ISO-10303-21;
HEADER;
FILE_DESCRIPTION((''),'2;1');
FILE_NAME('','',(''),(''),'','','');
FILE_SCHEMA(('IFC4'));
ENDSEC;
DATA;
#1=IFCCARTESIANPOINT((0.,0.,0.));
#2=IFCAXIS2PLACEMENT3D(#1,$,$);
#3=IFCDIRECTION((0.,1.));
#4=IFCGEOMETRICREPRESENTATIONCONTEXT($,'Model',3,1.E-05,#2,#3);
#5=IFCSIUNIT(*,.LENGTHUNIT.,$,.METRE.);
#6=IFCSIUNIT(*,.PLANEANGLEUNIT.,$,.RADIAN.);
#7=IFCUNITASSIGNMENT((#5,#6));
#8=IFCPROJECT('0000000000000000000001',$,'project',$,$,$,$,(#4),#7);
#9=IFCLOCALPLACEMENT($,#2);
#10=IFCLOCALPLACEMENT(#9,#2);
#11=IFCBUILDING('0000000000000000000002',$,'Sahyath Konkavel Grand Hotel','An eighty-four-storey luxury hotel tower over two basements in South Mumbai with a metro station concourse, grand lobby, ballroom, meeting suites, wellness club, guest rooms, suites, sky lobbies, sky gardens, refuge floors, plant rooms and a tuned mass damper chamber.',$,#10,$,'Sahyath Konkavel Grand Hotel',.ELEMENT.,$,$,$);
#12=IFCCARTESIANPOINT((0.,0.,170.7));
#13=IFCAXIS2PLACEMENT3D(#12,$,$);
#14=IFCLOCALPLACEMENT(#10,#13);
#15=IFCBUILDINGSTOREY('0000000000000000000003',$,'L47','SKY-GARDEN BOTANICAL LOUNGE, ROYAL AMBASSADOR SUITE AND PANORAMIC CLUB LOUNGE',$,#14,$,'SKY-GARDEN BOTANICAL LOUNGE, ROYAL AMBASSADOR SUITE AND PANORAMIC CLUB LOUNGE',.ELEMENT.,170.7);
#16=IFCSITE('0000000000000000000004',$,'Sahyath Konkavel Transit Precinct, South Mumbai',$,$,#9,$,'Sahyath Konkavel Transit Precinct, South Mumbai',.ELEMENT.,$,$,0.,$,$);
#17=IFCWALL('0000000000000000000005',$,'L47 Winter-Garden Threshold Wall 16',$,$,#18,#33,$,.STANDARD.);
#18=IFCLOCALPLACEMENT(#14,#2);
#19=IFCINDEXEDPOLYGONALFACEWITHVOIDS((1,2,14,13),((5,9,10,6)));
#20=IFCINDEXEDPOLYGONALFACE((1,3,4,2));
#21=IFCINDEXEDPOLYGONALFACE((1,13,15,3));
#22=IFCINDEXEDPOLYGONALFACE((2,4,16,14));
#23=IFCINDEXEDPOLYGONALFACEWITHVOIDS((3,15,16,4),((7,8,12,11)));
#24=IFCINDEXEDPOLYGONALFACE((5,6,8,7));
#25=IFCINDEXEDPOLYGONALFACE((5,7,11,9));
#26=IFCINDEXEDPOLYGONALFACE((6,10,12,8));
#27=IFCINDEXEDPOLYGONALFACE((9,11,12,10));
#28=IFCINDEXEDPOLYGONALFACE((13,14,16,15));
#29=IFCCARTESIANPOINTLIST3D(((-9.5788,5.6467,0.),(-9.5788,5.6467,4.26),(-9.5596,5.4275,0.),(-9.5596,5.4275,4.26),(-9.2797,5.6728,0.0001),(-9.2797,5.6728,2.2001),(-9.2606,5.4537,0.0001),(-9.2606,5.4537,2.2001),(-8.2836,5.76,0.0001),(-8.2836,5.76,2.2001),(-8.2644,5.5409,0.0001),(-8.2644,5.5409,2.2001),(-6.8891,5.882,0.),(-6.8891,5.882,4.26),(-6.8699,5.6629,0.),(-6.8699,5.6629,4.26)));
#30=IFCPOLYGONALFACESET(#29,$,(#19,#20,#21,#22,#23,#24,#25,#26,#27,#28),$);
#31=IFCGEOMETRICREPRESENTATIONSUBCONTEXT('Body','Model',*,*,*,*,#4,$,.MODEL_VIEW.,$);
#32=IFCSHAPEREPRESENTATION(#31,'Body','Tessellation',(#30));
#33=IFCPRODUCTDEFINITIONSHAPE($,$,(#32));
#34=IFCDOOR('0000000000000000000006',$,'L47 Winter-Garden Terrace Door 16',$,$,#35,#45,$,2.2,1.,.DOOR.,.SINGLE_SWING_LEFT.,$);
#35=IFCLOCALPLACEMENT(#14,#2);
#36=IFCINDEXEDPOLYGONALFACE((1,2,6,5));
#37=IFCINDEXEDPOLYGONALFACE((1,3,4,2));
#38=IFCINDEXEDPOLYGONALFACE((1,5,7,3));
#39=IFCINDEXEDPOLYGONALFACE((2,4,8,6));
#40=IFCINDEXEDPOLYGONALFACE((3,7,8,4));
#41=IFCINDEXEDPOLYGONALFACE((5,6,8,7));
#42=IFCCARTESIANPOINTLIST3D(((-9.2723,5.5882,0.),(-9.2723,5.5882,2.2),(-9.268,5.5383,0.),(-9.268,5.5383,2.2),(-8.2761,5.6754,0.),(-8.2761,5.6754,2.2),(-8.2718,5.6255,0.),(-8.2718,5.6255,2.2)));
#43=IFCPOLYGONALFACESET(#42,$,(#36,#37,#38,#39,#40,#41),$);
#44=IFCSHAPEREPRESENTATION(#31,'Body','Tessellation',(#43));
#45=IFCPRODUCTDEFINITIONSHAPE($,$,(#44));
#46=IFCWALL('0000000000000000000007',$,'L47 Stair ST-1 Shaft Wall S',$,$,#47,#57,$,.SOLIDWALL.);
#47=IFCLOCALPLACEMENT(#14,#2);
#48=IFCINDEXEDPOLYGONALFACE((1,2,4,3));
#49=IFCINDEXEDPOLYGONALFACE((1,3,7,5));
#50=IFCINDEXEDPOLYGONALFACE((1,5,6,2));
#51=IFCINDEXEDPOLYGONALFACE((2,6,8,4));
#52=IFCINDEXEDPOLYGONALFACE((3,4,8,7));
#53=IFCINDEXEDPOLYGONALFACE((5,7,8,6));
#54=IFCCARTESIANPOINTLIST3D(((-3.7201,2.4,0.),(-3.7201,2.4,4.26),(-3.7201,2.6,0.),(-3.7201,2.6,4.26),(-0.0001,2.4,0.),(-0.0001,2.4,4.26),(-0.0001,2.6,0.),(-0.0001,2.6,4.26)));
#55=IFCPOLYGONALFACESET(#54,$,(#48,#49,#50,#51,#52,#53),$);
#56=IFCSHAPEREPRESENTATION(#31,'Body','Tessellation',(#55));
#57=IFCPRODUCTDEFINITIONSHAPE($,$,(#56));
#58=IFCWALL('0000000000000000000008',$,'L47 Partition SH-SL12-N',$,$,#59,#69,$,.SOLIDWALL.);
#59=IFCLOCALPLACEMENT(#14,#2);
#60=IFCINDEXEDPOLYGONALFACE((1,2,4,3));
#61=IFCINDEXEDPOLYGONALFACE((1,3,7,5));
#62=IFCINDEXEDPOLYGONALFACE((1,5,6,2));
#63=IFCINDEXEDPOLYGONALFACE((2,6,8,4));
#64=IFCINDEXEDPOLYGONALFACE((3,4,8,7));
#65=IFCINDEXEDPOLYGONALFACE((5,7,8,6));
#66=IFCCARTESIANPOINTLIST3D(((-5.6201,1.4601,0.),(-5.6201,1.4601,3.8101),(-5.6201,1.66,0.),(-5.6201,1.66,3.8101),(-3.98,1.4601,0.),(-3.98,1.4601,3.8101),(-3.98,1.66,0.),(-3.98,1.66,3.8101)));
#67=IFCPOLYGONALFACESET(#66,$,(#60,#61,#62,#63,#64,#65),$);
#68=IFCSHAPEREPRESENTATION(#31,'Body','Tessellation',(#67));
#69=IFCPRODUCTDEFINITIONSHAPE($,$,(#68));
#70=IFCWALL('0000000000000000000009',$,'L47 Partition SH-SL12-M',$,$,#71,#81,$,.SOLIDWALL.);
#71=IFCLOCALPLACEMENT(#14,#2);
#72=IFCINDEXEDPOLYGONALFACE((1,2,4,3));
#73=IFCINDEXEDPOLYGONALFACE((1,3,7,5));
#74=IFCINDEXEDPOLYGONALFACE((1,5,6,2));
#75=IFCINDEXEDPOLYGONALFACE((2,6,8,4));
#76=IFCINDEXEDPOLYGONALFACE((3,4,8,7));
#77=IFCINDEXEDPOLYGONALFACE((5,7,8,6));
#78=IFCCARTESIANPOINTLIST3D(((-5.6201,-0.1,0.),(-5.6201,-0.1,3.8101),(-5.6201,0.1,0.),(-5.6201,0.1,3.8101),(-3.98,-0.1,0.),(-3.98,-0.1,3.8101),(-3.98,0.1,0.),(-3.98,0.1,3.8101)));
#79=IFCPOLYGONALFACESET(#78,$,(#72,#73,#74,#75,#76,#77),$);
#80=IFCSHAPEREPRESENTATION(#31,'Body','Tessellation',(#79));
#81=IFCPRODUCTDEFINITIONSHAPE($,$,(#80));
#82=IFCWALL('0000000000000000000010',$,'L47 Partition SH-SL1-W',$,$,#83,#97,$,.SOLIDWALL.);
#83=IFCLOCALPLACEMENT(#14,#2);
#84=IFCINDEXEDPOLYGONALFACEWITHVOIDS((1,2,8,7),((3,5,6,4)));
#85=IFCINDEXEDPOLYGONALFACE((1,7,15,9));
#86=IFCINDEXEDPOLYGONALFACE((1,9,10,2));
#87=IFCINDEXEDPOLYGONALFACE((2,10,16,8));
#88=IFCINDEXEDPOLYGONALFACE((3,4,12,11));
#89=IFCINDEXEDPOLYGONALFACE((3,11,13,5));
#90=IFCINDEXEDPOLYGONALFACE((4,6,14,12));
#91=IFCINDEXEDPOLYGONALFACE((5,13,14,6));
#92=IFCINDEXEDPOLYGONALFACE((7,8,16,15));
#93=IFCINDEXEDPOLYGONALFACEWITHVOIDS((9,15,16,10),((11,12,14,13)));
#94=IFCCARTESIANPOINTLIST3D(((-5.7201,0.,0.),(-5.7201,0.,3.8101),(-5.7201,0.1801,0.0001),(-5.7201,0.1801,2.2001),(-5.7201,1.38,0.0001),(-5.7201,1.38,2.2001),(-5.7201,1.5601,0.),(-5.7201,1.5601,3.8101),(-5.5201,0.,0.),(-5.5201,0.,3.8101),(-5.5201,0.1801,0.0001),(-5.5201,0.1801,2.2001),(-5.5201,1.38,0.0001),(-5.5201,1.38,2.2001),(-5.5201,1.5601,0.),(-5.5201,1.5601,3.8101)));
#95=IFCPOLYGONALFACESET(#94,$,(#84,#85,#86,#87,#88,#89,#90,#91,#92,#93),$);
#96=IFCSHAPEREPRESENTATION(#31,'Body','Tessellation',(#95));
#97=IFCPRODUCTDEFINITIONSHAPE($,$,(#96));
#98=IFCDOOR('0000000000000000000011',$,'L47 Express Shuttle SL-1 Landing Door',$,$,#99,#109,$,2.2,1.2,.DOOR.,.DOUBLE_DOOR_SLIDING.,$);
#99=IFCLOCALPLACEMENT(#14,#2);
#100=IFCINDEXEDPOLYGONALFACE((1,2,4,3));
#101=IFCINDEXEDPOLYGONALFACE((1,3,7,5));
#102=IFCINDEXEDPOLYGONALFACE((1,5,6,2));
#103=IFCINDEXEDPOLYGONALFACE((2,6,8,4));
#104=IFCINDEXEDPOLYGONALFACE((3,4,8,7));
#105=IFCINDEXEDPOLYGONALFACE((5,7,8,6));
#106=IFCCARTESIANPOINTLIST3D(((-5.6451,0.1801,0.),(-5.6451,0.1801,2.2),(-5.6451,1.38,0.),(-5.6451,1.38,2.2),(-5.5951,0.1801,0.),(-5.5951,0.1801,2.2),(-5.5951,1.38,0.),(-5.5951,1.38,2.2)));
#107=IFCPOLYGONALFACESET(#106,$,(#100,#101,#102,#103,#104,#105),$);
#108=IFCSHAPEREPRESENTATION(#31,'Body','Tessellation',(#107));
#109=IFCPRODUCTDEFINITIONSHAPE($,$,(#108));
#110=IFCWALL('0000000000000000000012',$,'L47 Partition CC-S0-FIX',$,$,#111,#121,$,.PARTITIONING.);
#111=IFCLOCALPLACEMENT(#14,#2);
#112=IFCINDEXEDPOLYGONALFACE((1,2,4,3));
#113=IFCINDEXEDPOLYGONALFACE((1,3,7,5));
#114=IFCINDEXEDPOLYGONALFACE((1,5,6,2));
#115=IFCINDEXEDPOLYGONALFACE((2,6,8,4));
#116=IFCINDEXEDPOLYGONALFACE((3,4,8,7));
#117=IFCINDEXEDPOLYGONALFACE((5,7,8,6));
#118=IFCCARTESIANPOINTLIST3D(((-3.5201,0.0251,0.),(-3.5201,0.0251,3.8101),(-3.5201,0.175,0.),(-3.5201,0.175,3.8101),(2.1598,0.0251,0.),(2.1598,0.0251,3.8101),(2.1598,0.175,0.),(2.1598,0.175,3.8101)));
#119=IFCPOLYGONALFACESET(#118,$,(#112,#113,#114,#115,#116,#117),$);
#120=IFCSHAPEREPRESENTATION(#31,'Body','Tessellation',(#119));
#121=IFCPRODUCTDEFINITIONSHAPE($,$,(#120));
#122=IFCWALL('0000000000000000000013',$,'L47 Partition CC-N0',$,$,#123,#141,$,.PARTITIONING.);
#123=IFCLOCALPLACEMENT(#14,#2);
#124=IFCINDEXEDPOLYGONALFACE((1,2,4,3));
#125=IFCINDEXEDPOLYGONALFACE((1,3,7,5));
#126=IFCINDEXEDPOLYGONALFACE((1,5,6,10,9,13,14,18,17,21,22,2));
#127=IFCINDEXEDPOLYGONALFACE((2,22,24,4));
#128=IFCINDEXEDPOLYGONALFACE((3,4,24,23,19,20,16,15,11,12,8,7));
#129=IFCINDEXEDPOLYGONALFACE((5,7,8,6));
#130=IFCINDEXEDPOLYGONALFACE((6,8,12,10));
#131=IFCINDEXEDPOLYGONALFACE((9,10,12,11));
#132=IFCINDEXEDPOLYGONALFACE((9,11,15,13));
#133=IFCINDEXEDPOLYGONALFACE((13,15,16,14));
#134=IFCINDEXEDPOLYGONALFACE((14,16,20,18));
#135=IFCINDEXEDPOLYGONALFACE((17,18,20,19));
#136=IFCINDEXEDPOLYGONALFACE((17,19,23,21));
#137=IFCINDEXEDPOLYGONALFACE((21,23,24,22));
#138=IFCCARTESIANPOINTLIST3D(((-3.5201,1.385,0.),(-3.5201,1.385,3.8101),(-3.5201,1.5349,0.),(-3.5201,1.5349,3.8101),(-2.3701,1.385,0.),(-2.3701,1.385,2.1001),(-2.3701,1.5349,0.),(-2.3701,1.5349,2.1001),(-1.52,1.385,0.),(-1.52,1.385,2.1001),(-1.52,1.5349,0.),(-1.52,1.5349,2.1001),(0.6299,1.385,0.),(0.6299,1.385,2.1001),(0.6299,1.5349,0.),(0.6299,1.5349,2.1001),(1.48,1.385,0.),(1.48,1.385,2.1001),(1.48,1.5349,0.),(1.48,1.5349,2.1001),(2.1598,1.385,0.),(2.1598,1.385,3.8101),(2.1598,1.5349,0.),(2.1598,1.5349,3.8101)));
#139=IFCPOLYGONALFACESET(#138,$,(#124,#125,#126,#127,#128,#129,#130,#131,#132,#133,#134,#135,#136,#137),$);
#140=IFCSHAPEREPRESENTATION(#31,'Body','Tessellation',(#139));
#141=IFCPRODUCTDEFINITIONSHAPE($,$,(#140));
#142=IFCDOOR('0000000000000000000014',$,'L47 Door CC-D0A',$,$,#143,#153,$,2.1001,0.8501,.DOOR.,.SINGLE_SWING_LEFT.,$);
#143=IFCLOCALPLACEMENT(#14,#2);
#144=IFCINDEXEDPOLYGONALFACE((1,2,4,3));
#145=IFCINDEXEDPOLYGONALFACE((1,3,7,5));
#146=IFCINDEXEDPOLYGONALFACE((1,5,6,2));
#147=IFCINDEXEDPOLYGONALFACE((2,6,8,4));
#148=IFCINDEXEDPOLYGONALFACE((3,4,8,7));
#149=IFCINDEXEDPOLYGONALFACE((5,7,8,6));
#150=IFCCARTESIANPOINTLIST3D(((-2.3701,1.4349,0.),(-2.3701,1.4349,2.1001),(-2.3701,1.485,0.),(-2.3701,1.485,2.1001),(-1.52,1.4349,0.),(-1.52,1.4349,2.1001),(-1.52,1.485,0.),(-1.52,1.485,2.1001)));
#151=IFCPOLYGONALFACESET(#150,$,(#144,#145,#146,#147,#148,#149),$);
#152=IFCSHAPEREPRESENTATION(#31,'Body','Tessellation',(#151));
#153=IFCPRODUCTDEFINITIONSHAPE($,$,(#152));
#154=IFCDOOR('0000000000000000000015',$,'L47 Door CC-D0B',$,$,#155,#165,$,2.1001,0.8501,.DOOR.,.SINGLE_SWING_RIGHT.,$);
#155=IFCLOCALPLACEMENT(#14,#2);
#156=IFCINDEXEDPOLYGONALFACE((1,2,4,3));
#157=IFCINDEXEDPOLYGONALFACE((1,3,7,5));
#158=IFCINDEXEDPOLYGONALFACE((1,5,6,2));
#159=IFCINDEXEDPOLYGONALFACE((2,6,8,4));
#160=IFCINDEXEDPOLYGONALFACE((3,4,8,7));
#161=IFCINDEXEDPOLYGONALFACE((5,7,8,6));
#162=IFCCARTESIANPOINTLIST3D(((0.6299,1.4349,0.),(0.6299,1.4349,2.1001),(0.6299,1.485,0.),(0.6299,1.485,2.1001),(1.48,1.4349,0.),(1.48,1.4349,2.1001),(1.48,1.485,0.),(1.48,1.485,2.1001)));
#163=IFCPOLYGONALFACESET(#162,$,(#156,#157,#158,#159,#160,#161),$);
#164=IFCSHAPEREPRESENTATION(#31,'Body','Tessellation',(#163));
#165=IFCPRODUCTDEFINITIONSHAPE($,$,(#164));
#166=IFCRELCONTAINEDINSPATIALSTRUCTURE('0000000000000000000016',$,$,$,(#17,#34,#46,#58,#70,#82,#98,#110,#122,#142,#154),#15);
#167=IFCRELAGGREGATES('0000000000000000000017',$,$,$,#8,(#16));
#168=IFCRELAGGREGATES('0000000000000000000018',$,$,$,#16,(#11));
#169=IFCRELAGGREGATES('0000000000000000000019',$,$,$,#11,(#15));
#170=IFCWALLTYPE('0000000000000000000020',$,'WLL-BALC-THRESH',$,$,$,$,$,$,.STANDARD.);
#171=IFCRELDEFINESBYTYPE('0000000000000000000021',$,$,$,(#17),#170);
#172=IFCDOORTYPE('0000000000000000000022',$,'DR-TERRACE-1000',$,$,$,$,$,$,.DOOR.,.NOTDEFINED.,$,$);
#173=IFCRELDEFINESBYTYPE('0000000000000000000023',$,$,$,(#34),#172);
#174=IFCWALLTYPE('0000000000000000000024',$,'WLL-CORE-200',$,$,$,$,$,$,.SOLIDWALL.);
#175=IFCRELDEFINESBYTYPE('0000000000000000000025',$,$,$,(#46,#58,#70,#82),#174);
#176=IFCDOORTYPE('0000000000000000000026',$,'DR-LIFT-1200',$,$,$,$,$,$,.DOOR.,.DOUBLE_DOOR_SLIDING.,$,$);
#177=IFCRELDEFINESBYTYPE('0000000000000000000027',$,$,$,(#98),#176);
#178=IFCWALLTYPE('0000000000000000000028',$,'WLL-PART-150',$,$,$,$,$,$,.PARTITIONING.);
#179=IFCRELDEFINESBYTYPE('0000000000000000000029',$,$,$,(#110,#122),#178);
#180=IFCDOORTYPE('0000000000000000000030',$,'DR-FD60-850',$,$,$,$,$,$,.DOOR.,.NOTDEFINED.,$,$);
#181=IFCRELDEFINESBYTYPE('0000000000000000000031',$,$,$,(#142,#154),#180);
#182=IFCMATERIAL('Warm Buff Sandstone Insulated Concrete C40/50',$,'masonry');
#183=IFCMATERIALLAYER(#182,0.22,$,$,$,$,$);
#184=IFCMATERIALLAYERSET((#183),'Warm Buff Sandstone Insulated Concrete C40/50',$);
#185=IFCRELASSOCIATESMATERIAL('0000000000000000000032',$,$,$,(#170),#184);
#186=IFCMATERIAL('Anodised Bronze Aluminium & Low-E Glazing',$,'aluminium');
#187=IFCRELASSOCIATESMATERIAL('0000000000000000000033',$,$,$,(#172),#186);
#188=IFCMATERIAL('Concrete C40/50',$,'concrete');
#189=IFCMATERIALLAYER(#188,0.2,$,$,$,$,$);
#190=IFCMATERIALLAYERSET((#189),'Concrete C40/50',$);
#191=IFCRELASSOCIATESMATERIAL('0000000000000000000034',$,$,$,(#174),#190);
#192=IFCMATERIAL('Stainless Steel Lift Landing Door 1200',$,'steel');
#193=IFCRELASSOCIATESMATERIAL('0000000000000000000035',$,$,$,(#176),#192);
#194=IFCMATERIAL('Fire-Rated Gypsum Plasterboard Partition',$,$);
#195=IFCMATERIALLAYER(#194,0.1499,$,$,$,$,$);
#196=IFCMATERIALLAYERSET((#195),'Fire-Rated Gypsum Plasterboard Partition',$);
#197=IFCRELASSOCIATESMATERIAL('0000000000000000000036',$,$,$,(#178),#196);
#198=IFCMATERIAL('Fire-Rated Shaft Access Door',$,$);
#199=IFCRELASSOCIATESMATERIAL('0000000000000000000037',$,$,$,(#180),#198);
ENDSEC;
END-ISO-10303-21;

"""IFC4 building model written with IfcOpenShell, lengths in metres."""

from ifc_helpers import new_model, si_unit, direction, frame, frame_2d, origin, origin_2d, place, context, subcontext, project, spatial, rectangle, extrude, source, transform, mapped, material, layer, layer_set, type_object, element, fill, save


model = new_model("IFC4")

# Units and contexts
model_context = context("Model", 3, precision=1e-05, world=origin(), true_north=direction((0.0, 1.0)))
body_context = subcontext(model_context, "Body", "Model", "MODEL_VIEW")
ifc_project = project(units=[si_unit("LENGTHUNIT", "METRE"), si_unit("PLANEANGLEUNIT", "RADIAN")], contexts=[model_context])

# Site, building, storey
site_placement = place(None, origin())
site = spatial("IfcSite", under=ifc_project, at=site_placement, Name="Sahyath Konkavel Transit Precinct, South Mumbai", LongName="Sahyath Konkavel Transit Precinct, South Mumbai", CompositionType="ELEMENT", RefElevation=0.0)
building_placement = place(site_placement, origin())
building = spatial("IfcBuilding", under=site, at=building_placement, Name="Sahyath Konkavel Grand Hotel", Description="An eighty-four-storey luxury hotel tower over two basements in South Mumbai with a metro station concourse, grand lobby, ballroom, meeting suites, wellness club, guest rooms, suites, sky lobbies, sky gardens, refuge floors, plant rooms and a tuned mass damper chamber.", LongName="Sahyath Konkavel Grand Hotel", CompositionType="ELEMENT")
storey_placement = place(building_placement, frame((0.0, 0.0, 170.7)))
storey = spatial("IfcBuildingStorey", under=building, at=storey_placement, Name="L47", Description="SKY-GARDEN BOTANICAL LOUNGE, ROYAL AMBASSADOR SUITE AND PANORAMIC CLUB LOUNGE", LongName="SKY-GARDEN BOTANICAL LOUNGE, ROYAL AMBASSADOR SUITE AND PANORAMIC CLUB LOUNGE", CompositionType="ELEMENT", Elevation=170.7)

# Shared definitions
ifc_material_1 = material(Name="Concrete C40/50", Category="concrete")

# Wall, opening, door
ifc_material_2 = material(Name="Warm Buff Sandstone Insulated Concrete C40/50", Category="masonry")
ifc_layer_1 = layer(ifc_material_2, 0.22)
ifc_layer_set_1 = layer_set([ifc_layer_1], Name="Warm Buff Sandstone Insulated Concrete C40/50")
wall_type_1 = type_object("IfcWallType", Name="WLL-BALC-THRESH", PredefinedType="STANDARD", material=ifc_layer_set_1)
wall_1_placement = place(storey_placement, frame((-6.8794, 5.7725, 0.0), z_axis=(0.0, 0.0, 1.0), x_axis=(-0.996194, -0.087168, 0.0)))
wall_1 = element("IfcWall", 1, at=wall_1_placement, inside=storey, type_object=wall_type_1, Name="L47 Winter-Garden Threshold Wall 16", PredefinedType="STANDARD", context=body_context, shape_type="SweptSolid", body=[
    extrude(rectangle(XDim=2.7, YDim=0.22, at=frame_2d((1.3501, 0.0))), origin(), (0.0, 0.0, 1.0), 4.26),
])
opening_1_placement = place(wall_1_placement, frame((1.3999, 0.0, 0.0)))
opening_1 = element("IfcOpeningElement", 2, at=opening_1_placement, cuts=wall_1, PredefinedType="OPENING", context=body_context, shape_type="SweptSolid", body=[
    extrude(rectangle(XDim=1.0, YDim=2.2, at=frame_2d((0.5, 1.1001))), frame((0.0, 0.1201, 0.0), z_axis=(0.0, -1.0, 0.0), x_axis=(1.0, 0.0, 0.0)), (0.0, 0.0, 1.0), 0.24),
])
ifc_material_3 = material(Name="Anodised Bronze Aluminium & Low-E Glazing", Category="aluminium")
door_type_1 = type_object("IfcDoorType", Name="DR-TERRACE-1000", OperationType="NOTDEFINED", PredefinedType="DOOR", material=ifc_material_3)
shared_shape_1 = source(origin(), body_context, "Body", "SweptSolid", [
    extrude(rectangle(XDim=1.0, YDim=0.05, at=origin_2d()), origin(), (0.0, 0.0, 1.0), 2.2),
])
door_1_placement = place(opening_1_placement, frame((0.5, 0.0, 0.0)))
door_1 = element("IfcDoor", 3, at=door_1_placement, inside=storey, type_object=door_type_1, Name="L47 Winter-Garden Terrace Door 16", OperationType="SINGLE_SWING_LEFT", OverallHeight=2.2, OverallWidth=1.0, PredefinedType="DOOR", context=body_context, shape_type="MappedRepresentation", body=[
    mapped(shared_shape_1, transform((0.0, 0.0, 0.0), scale=1.0)),
])
fill(opening_1, door_1)

# Walls
ifc_layer_2 = layer(ifc_material_1, 0.2)
ifc_layer_set_2 = layer_set([ifc_layer_2], Name="Concrete C40/50")
wall_type_2 = type_object("IfcWallType", Name="WLL-CORE-200", PredefinedType="SOLIDWALL", material=ifc_layer_set_2)
wall_2_placement = place(storey_placement, frame((-3.72, 2.5, 0.0), z_axis=(0.0, 0.0, 1.0), x_axis=(1.0, 0.0, 0.0)))
element("IfcWall", 4, at=wall_2_placement, inside=storey, type_object=wall_type_2, Name="L47 Stair ST-1 Shaft Wall S", PredefinedType="SOLIDWALL", context=body_context, shape_type="SweptSolid", body=[
    extrude(rectangle(XDim=3.72, YDim=0.2, at=frame_2d((1.8599, 0.0))), origin(), (0.0, 0.0, 1.0), 4.26),
])
for number, where, z_axis, x_axis, name in (
    (5, (-5.6201, 1.5601, 0.0), (0.0, 0.0, 1.0), (1.0, 0.0, 0.0), "L47 Partition SH-SL12-N"),
    (6, (-5.6201, 0.0, 0.0), (0.0, 0.0, 1.0), (1.0, 0.0, 0.0), "L47 Partition SH-SL12-M"),
):
    element("IfcWall", number, at=place(storey_placement, frame(where, z_axis=z_axis, x_axis=x_axis)), inside=storey, type_object=wall_type_2, Name=name, PredefinedType="SOLIDWALL", context=body_context, shape_type="SweptSolid", body=[
        extrude(rectangle(XDim=1.6401, YDim=0.2, at=frame_2d((0.8201, 0.0))), origin(), (0.0, 0.0, 1.0), 3.8101),
    ])

# Wall, opening, door
wall_3_placement = place(storey_placement, frame((-5.6201, 0.0, 0.0), z_axis=(0.0, 0.0, 1.0), x_axis=(0.0, 1.0, 0.0)))
wall_3 = element("IfcWall", 7, at=wall_3_placement, inside=storey, type_object=wall_type_2, Name="L47 Partition SH-SL1-W", PredefinedType="SOLIDWALL", context=body_context, shape_type="SweptSolid", body=[
    extrude(rectangle(XDim=1.5601, YDim=0.2, at=frame_2d((0.78, 0.0))), origin(), (0.0, 0.0, 1.0), 3.8101),
])
opening_2_placement = place(wall_3_placement, frame((0.1799, 0.0, 0.0)))
opening_2 = element("IfcOpeningElement", 8, at=opening_2_placement, cuts=wall_3, PredefinedType="OPENING", context=body_context, shape_type="SweptSolid", body=[
    extrude(rectangle(XDim=1.2, YDim=2.2, at=frame_2d((0.6001, 1.1001))), frame((0.0, 0.1099, 0.0), z_axis=(0.0, -1.0, 0.0), x_axis=(1.0, 0.0, 0.0)), (0.0, 0.0, 1.0), 0.22),
])
ifc_material_4 = material(Name="Stainless Steel Lift Landing Door 1200", Category="steel")
door_type_2 = type_object("IfcDoorType", Name="DR-LIFT-1200", OperationType="DOUBLE_DOOR_SLIDING", PredefinedType="DOOR", material=ifc_material_4)
shared_shape_2 = source(origin(), body_context, "Body", "SweptSolid", [
    extrude(rectangle(XDim=1.2, YDim=0.05, at=origin_2d()), origin(), (0.0, 0.0, 1.0), 2.2),
])
door_2_placement = place(opening_2_placement, frame((0.6001, 0.0, 0.0)))
door_2 = element("IfcDoor", 9, at=door_2_placement, inside=storey, type_object=door_type_2, Name="L47 Express Shuttle SL-1 Landing Door", OperationType="DOUBLE_DOOR_SLIDING", OverallHeight=2.2, OverallWidth=1.2, PredefinedType="DOOR", context=body_context, shape_type="MappedRepresentation", body=[
    mapped(shared_shape_2, transform((0.0, 0.0, 0.0), scale=1.0)),
])
fill(opening_2, door_2)

# Wall
ifc_material_5 = material(Name="Fire-Rated Gypsum Plasterboard Partition")
ifc_layer_3 = layer(ifc_material_5, 0.1499)
ifc_layer_set_3 = layer_set([ifc_layer_3], Name="Fire-Rated Gypsum Plasterboard Partition")
wall_type_3 = type_object("IfcWallType", Name="WLL-PART-150", PredefinedType="PARTITIONING", material=ifc_layer_set_3)
wall_4_placement = place(storey_placement, frame((-3.52, 0.1001, 0.0), z_axis=(0.0, 0.0, 1.0), x_axis=(1.0, 0.0, 0.0)))
element("IfcWall", 10, at=wall_4_placement, inside=storey, type_object=wall_type_3, Name="L47 Partition CC-S0-FIX", PredefinedType="PARTITIONING", context=body_context, shape_type="SweptSolid", body=[
    extrude(rectangle(XDim=5.6799, YDim=0.1499, at=frame_2d((2.8398, 0.0))), origin(), (0.0, 0.0, 1.0), 3.8101),
])

# Wall, openings, doors
wall_5_placement = place(storey_placement, frame((-3.52, 1.46, 0.0), z_axis=(0.0, 0.0, 1.0), x_axis=(1.0, 0.0, 0.0)))
wall_5 = element("IfcWall", 11, at=wall_5_placement, inside=storey, type_object=wall_type_3, Name="L47 Partition CC-N0", PredefinedType="PARTITIONING", context=body_context, shape_type="SweptSolid", body=[
    extrude(rectangle(XDim=5.6799, YDim=0.1499, at=frame_2d((2.8398, 0.0))), origin(), (0.0, 0.0, 1.0), 3.8101),
])
opening_3_placement = place(wall_5_placement, frame((1.1499, 0.0, 0.0)))
opening_3 = element("IfcOpeningElement", 12, at=opening_3_placement, cuts=wall_5, PredefinedType="OPENING", context=body_context, shape_type="SweptSolid", body=[
    extrude(rectangle(XDim=0.8501, YDim=2.1001, at=frame_2d((0.425, 1.05))), frame((0.0, 0.085, 0.0), z_axis=(0.0, -1.0, 0.0), x_axis=(1.0, 0.0, 0.0)), (0.0, 0.0, 1.0), 0.1699),
])
opening_4_placement = place(wall_5_placement, frame((4.1499, 0.0, 0.0)))
opening_4 = element("IfcOpeningElement", 13, at=opening_4_placement, cuts=wall_5, PredefinedType="OPENING", context=body_context, shape_type="SweptSolid", body=[
    extrude(rectangle(XDim=0.8501, YDim=2.1001, at=frame_2d((0.425, 1.05))), frame((0.0, 0.085, 0.0), z_axis=(0.0, -1.0, 0.0), x_axis=(1.0, 0.0, 0.0)), (0.0, 0.0, 1.0), 0.1699),
])
ifc_material_6 = material(Name="Fire-Rated Shaft Access Door")
door_type_3 = type_object("IfcDoorType", Name="DR-FD60-850", OperationType="NOTDEFINED", PredefinedType="DOOR", material=ifc_material_6)
shared_shape_3 = source(origin(), body_context, "Body", "SweptSolid", [
    extrude(rectangle(XDim=0.8501, YDim=0.05, at=origin_2d()), origin(), (0.0, 0.0, 1.0), 2.1001),
])
door_3_placement = place(opening_3_placement, frame((0.425, 0.0, 0.0)))
door_3 = element("IfcDoor", 14, at=door_3_placement, inside=storey, type_object=door_type_3, Name="L47 Door CC-D0A", OperationType="SINGLE_SWING_LEFT", OverallHeight=2.1001, OverallWidth=0.8501, PredefinedType="DOOR", context=body_context, shape_type="MappedRepresentation", body=[
    mapped(shared_shape_3, transform((0.0, 0.0, 0.0), scale=1.0)),
])
fill(opening_3, door_3)
door_4_placement = place(opening_4_placement, frame((0.425, 0.0, 0.0)))
door_4 = element("IfcDoor", 15, at=door_4_placement, inside=storey, type_object=door_type_3, Name="L47 Door CC-D0B", OperationType="SINGLE_SWING_RIGHT", OverallHeight=2.1001, OverallWidth=0.8501, PredefinedType="DOOR", context=body_context, shape_type="MappedRepresentation", body=[
    mapped(shared_shape_3, transform((0.0, 0.0, 0.0), scale=1.0)),
])
fill(opening_4, door_4)

save(model, "model.ifc")
